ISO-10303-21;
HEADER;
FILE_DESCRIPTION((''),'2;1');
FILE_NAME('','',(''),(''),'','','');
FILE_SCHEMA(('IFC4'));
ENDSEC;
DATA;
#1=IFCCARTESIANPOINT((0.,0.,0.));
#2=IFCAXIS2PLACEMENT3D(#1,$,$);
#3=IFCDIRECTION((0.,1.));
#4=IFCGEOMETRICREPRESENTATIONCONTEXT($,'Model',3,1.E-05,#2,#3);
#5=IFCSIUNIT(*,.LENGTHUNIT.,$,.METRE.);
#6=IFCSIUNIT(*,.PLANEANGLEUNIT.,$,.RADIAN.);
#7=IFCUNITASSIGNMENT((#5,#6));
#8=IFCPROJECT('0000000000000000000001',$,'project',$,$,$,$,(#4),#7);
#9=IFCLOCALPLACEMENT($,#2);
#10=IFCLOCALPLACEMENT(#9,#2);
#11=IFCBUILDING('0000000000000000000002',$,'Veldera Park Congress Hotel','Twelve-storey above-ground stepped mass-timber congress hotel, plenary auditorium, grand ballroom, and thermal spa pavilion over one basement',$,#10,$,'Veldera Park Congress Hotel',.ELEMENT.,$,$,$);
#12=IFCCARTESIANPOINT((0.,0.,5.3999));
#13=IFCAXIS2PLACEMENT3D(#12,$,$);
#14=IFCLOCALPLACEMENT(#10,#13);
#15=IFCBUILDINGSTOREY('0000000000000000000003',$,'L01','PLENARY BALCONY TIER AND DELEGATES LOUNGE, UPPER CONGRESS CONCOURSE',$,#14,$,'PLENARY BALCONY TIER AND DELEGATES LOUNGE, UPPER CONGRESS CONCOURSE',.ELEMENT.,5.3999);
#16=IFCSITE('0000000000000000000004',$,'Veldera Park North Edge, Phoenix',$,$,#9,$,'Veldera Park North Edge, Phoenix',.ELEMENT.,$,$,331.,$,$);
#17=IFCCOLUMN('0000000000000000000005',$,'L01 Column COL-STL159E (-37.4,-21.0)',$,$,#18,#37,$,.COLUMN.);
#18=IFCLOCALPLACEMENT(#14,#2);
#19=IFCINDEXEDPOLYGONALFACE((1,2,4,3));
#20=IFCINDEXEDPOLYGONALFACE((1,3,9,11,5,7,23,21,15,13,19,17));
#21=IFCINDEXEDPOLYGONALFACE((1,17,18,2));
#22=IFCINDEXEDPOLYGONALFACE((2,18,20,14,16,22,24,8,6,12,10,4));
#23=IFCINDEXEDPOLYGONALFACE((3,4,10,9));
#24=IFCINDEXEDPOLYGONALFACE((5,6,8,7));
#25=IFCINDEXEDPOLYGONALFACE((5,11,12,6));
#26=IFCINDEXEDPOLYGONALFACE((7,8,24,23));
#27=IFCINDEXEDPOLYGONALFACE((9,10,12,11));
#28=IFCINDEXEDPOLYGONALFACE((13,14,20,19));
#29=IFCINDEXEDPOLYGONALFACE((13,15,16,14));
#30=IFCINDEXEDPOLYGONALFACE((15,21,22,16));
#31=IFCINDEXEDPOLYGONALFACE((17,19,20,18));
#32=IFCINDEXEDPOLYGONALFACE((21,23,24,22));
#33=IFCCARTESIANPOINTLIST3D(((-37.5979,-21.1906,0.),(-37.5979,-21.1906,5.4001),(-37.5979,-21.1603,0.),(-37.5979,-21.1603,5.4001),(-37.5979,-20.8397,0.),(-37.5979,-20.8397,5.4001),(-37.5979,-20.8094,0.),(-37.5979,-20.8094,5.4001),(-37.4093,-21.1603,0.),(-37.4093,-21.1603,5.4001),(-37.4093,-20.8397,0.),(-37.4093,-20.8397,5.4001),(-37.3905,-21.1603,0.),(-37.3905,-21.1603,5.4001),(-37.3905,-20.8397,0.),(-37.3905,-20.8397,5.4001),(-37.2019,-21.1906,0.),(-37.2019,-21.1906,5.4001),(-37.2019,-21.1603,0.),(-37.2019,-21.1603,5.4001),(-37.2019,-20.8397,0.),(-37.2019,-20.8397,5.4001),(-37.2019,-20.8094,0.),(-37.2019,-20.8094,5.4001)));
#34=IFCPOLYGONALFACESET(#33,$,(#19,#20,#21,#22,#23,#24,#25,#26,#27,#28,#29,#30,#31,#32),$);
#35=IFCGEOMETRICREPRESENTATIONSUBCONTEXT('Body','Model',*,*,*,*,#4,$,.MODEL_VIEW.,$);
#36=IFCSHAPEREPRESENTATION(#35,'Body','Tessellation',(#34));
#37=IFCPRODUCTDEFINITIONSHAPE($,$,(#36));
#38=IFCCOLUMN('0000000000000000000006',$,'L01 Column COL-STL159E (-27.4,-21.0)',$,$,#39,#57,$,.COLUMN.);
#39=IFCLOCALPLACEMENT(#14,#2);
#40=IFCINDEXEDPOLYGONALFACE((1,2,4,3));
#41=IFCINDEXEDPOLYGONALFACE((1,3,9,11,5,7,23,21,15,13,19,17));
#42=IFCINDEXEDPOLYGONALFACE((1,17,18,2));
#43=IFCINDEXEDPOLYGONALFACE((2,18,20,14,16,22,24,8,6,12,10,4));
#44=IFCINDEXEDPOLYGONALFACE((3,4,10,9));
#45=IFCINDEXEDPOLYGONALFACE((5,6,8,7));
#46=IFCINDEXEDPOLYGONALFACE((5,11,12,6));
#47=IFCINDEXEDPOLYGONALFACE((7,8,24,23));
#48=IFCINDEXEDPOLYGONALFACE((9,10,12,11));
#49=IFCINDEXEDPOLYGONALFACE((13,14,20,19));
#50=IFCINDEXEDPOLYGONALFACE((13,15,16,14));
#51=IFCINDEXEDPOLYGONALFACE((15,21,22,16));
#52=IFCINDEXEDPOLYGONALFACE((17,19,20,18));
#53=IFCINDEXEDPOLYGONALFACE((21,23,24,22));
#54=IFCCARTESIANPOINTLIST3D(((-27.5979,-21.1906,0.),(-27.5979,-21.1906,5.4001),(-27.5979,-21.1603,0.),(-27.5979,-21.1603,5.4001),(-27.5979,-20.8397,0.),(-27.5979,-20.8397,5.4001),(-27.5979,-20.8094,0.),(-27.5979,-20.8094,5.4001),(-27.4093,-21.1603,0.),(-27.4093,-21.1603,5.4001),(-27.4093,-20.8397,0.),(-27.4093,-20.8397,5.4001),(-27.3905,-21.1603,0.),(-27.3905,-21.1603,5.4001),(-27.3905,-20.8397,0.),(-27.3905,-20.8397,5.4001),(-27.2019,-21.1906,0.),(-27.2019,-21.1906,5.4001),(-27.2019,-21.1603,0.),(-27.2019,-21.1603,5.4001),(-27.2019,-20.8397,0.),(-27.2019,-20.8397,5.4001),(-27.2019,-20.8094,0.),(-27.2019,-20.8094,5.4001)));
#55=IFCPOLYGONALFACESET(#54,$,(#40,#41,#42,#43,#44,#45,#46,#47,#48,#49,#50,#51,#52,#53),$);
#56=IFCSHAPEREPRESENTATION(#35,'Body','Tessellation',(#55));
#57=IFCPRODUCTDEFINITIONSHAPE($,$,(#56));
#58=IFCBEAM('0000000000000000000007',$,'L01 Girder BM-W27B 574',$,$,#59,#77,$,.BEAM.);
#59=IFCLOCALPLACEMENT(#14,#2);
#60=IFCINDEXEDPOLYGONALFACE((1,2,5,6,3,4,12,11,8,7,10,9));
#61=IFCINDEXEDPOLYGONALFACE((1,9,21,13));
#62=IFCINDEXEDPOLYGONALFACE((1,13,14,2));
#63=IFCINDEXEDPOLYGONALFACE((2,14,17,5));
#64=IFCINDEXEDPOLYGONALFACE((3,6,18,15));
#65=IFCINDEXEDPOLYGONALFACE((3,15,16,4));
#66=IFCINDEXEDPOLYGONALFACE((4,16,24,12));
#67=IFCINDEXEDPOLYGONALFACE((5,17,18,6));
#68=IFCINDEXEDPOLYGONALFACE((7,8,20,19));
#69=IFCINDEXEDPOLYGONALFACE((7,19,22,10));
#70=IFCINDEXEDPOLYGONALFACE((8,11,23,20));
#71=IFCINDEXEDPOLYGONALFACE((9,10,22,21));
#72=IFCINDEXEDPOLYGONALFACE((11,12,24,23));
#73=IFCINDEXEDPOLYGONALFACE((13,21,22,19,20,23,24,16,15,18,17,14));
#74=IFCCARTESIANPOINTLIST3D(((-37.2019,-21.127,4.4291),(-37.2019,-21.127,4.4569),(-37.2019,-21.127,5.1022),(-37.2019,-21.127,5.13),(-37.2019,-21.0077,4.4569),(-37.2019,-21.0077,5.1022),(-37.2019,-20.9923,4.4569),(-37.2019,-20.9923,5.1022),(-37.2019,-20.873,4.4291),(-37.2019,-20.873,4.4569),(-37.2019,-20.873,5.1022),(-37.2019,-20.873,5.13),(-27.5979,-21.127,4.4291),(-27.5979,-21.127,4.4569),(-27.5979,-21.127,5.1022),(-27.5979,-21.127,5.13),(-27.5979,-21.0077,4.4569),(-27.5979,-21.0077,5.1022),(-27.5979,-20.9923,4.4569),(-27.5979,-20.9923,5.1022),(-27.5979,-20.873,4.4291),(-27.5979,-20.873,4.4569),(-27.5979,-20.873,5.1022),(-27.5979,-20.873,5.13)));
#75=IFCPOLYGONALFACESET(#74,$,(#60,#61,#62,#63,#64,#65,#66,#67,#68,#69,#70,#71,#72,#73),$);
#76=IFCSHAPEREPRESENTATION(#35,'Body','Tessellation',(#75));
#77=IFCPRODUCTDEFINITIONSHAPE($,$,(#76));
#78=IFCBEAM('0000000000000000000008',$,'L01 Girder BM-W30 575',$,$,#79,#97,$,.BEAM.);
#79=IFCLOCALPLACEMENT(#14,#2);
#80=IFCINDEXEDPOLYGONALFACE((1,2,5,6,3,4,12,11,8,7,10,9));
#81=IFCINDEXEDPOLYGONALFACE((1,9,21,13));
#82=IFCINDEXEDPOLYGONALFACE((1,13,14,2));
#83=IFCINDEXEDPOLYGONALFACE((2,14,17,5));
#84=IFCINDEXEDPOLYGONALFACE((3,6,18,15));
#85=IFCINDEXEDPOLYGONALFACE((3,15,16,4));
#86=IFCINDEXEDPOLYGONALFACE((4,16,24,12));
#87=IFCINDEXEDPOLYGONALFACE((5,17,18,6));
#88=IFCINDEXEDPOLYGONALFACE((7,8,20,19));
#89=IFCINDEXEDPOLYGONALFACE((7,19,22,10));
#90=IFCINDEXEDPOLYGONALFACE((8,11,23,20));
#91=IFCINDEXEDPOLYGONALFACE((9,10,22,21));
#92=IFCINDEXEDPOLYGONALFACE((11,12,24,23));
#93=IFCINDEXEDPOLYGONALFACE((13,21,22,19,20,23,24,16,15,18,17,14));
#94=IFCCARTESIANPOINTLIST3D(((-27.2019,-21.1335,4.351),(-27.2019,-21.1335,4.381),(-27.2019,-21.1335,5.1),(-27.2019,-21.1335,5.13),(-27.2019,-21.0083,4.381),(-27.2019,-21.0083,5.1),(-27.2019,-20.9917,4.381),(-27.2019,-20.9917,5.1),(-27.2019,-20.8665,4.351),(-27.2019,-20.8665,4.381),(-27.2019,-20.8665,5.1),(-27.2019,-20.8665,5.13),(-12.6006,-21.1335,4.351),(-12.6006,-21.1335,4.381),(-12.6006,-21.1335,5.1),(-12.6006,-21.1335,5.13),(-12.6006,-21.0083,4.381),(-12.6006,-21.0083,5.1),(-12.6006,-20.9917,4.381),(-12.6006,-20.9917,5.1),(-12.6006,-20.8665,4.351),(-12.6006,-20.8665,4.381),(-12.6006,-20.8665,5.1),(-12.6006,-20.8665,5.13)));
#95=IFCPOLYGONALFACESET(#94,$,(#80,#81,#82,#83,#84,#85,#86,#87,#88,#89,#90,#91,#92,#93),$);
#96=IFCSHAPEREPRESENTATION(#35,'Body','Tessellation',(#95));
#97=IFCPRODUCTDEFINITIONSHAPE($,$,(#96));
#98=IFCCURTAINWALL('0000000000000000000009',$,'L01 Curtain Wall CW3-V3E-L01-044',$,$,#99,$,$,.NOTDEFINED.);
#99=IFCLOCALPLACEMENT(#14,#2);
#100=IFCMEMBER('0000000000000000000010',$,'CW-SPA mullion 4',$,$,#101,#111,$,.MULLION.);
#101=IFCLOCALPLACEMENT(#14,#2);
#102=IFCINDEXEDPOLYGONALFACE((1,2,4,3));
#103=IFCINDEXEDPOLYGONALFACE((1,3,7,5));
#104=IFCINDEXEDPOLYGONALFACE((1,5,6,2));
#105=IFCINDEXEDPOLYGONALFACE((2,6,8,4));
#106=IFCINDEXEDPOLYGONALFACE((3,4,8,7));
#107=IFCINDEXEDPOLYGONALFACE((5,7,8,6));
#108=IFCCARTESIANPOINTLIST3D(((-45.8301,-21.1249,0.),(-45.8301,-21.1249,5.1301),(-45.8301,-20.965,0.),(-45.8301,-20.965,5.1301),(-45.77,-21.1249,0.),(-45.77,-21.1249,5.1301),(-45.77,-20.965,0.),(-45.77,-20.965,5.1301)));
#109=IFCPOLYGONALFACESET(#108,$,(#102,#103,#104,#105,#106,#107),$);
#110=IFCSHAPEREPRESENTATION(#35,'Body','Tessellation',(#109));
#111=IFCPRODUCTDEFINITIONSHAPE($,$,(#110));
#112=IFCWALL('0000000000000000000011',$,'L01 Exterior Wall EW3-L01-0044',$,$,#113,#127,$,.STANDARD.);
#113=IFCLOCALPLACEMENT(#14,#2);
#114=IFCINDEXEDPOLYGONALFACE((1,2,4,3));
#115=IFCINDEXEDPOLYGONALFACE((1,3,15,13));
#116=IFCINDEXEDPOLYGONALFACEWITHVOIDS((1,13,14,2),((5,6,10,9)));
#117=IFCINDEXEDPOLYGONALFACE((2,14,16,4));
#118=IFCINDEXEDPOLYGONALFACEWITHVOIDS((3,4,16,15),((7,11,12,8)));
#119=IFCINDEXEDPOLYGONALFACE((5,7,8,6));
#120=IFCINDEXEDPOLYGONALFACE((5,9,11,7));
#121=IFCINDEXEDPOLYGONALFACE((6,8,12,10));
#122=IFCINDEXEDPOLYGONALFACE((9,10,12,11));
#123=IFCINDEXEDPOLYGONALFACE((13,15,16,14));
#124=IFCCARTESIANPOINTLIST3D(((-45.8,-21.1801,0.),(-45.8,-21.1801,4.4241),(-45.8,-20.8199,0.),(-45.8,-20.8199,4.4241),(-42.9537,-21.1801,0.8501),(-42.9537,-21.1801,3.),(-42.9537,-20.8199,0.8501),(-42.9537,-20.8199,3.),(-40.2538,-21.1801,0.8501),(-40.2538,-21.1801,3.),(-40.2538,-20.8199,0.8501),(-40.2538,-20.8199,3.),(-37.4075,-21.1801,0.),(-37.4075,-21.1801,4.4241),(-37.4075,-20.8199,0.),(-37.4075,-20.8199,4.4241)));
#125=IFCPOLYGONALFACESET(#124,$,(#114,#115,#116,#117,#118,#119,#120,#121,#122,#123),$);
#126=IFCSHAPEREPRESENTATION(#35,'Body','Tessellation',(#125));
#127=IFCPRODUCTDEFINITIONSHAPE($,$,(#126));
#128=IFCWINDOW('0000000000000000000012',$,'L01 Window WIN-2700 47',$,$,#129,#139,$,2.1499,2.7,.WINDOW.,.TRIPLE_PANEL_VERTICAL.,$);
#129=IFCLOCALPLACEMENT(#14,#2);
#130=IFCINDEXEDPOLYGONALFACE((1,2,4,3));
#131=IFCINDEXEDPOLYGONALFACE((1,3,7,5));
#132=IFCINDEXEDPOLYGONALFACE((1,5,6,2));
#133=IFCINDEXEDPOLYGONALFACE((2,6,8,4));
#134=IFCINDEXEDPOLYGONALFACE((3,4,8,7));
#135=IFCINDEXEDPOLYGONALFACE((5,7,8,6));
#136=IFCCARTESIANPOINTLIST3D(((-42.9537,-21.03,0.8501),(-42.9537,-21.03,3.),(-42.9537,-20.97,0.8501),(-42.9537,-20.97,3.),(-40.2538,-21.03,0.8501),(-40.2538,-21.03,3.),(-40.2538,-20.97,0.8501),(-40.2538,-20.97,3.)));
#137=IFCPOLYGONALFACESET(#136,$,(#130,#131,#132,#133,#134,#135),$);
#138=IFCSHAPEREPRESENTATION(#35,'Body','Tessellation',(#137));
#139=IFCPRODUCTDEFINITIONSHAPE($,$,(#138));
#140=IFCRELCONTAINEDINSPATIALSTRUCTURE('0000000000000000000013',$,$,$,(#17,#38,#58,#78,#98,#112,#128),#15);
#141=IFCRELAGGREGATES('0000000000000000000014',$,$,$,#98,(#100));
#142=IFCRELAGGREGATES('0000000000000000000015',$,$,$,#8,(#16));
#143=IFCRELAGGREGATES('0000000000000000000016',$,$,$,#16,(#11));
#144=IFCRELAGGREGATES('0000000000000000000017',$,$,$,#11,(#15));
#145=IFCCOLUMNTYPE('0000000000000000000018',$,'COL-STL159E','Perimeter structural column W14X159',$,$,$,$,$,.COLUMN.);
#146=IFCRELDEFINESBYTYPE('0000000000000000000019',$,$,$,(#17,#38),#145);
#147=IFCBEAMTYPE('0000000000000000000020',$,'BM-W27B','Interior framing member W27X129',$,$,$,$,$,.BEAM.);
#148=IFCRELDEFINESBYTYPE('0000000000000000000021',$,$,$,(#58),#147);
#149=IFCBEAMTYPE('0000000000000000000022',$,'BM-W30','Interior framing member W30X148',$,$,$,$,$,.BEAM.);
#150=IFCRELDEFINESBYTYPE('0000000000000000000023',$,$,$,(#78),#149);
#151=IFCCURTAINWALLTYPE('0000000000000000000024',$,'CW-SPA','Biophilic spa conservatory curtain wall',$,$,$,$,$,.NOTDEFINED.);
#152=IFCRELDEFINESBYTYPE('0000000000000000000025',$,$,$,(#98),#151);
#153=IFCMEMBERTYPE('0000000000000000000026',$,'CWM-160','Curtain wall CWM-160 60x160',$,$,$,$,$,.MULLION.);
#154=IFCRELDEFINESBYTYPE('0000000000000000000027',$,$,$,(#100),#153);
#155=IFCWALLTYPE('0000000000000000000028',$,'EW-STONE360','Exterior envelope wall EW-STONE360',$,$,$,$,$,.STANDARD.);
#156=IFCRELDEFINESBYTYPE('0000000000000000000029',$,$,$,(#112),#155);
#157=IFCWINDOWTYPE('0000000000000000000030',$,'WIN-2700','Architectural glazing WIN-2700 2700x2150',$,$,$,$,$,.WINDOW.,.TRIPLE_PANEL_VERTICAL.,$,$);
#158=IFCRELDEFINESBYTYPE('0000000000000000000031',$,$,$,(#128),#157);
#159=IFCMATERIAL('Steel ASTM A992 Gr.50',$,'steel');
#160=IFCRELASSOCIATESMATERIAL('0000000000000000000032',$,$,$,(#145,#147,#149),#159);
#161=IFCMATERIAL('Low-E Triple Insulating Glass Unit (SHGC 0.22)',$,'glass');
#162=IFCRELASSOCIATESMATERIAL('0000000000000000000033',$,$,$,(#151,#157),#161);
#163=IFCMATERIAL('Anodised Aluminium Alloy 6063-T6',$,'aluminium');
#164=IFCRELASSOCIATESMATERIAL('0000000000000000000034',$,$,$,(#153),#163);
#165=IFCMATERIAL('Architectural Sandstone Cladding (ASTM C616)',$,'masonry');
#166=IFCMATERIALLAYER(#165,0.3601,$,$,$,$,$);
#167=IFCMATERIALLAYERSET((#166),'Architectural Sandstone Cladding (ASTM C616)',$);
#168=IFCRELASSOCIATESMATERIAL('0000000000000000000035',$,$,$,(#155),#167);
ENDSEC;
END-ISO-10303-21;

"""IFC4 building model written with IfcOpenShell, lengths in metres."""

from ifc_helpers import new_model, si_unit, direction, frame, frame_2d, origin, origin_2d, place, context, subcontext, project, spatial, rectangle, i_section, extrude, material, layer, layer_set, material_profile, profile_set, type_object, element, fill, aggregate, save


model = new_model("IFC4")

# Units and contexts
model_context = context("Model", 3, precision=1e-05, world=origin(), true_north=direction((0.0, 1.0)))
body_context = subcontext(model_context, "Body", "Model", "MODEL_VIEW")
ifc_project = project(units=[si_unit("LENGTHUNIT", "METRE"), si_unit("PLANEANGLEUNIT", "RADIAN")], contexts=[model_context])

# Site, building, storey
site_placement = place(None, origin())
site = spatial("IfcSite", under=ifc_project, at=site_placement, Name="Veldera Park North Edge, Phoenix", LongName="Veldera Park North Edge, Phoenix", CompositionType="ELEMENT", RefElevation=331.0)
building_placement = place(site_placement, origin())
building = spatial("IfcBuilding", under=site, at=building_placement, Name="Veldera Park Congress Hotel", Description="Twelve-storey above-ground stepped mass-timber congress hotel, plenary auditorium, grand ballroom, and thermal spa pavilion over one basement", LongName="Veldera Park Congress Hotel", CompositionType="ELEMENT")
storey_placement = place(building_placement, frame((0.0, 0.0, 5.3999)))
storey = spatial("IfcBuildingStorey", under=building, at=storey_placement, Name="L01", Description="PLENARY BALCONY TIER AND DELEGATES LOUNGE, UPPER CONGRESS CONCOURSE", LongName="PLENARY BALCONY TIER AND DELEGATES LOUNGE, UPPER CONGRESS CONCOURSE", CompositionType="ELEMENT", Elevation=5.3999)

# Columns
ifc_material_1 = material(Name="Steel ASTM A992 Gr.50", Category="steel")
ifc_material_profile_1 = material_profile(ifc_material_1, i_section(OverallWidth=0.396, OverallDepth=0.3811, WebThickness=0.0188, FlangeThickness=0.0303, at=origin_2d()), Name="W14X159")
ifc_profile_set_1 = profile_set([ifc_material_profile_1], Name="Steel ASTM A992 Gr.50")
column_type = type_object("IfcColumnType", Name="COL-STL159E", Description="Perimeter structural column W14X159", PredefinedType="COLUMN", material=ifc_profile_set_1)
for number, where, z_axis, x_axis, name in (
    (1, (-37.3999, -21.0, 0.0), (0.0, 0.0, 1.0), (1.0, 0.0, 0.0), "L01 Column COL-STL159E (-37.4,-21.0)"),
    (2, (-27.3999, -21.0, 0.0), (0.0, 0.0, 1.0), (1.0, 0.0, 0.0), "L01 Column COL-STL159E (-27.4,-21.0)"),
):
    element("IfcColumn", number, at=place(storey_placement, frame(where, z_axis=z_axis, x_axis=x_axis)), inside=storey, type_object=column_type, Name=name, PredefinedType="COLUMN", context=body_context, shape_type="SweptSolid", body=[
        extrude(i_section(OverallWidth=0.396, OverallDepth=0.3811, WebThickness=0.0188, FlangeThickness=0.0303, at=origin_2d()), origin(), (0.0, 0.0, 1.0), 5.4001),
    ])

# Beams
ifc_material_profile_2 = material_profile(ifc_material_1, i_section(OverallWidth=0.2539, OverallDepth=0.7009, WebThickness=0.0154, FlangeThickness=0.0278, at=origin_2d()), Name="W27X129")
ifc_profile_set_2 = profile_set([ifc_material_profile_2], Name="Steel ASTM A992 Gr.50")
beam_type_1 = type_object("IfcBeamType", Name="BM-W27B", Description="Interior framing member W27X129", PredefinedType="BEAM", material=ifc_profile_set_2)
beam_1_placement = place(storey_placement, frame((-37.2019, -21.0, 4.7795), z_axis=(1.0, 0.0, 0.0), x_axis=(0.0, 1.0, 0.0)))
element("IfcBeam", 3, at=beam_1_placement, inside=storey, type_object=beam_type_1, Name="L01 Girder BM-W27B 574", PredefinedType="BEAM", context=body_context, shape_type="SweptSolid", body=[
    extrude(i_section(OverallWidth=0.2539, OverallDepth=0.7009, WebThickness=0.0154, FlangeThickness=0.0278, at=origin_2d()), origin(), (0.0, 0.0, 1.0), 9.604),
])
ifc_material_profile_3 = material_profile(ifc_material_1, i_section(OverallWidth=0.2671, OverallDepth=0.7791, WebThickness=0.0166, FlangeThickness=0.03, at=origin_2d()), Name="W30X148")
ifc_profile_set_3 = profile_set([ifc_material_profile_3], Name="Steel ASTM A992 Gr.50")
beam_type_2 = type_object("IfcBeamType", Name="BM-W30", Description="Interior framing member W30X148", PredefinedType="BEAM", material=ifc_profile_set_3)
beam_2_placement = place(storey_placement, frame((-27.2019, -21.0, 4.7405), z_axis=(1.0, 0.0, 0.0), x_axis=(0.0, 1.0, 0.0)))
element("IfcBeam", 4, at=beam_2_placement, inside=storey, type_object=beam_type_2, Name="L01 Girder BM-W30 575", PredefinedType="BEAM", context=body_context, shape_type="SweptSolid", body=[
    extrude(i_section(OverallWidth=0.2671, OverallDepth=0.7791, WebThickness=0.0166, FlangeThickness=0.03, at=origin_2d()), origin(), (0.0, 0.0, 1.0), 14.6013),
])

# Curtain wall, member
ifc_material_2 = material(Name="Low-E Triple Insulating Glass Unit (SHGC 0.22)", Category="glass")
curtain_wall_type = type_object("IfcCurtainWallType", Name="CW-SPA", Description="Biophilic spa conservatory curtain wall", PredefinedType="NOTDEFINED", material=ifc_material_2)
curtain_wall_placement = place(storey_placement, origin())
curtain_wall = element("IfcCurtainWall", 5, at=curtain_wall_placement, inside=storey, type_object=curtain_wall_type, Name="L01 Curtain Wall CW3-V3E-L01-044", PredefinedType="NOTDEFINED")
ifc_material_3 = material(Name="Anodised Aluminium Alloy 6063-T6", Category="aluminium")
ifc_material_profile_4 = material_profile(ifc_material_3, rectangle(XDim=0.0601, YDim=0.1599, at=origin_2d()), Name="ALU 60x160")
ifc_profile_set_4 = profile_set([ifc_material_profile_4], Name="Anodised Aluminium Alloy 6063-T6")
member_type = type_object("IfcMemberType", Name="CWM-160", Description="Curtain wall CWM-160 60x160", PredefinedType="MULLION", material=ifc_profile_set_4)
member_placement = place(storey_placement, frame((-45.8, -21.0449, 0.0), z_axis=(0.0, 0.0, 1.0), x_axis=(-1.0, 0.0, 0.0)))
member = element("IfcMember", 6, at=member_placement, type_object=member_type, Name="CW-SPA mullion 4", PredefinedType="MULLION", context=body_context, shape_type="SweptSolid", body=[
    extrude(rectangle(XDim=0.0601, YDim=0.1599, at=origin_2d()), origin(), (0.0, 0.0, 1.0), 5.1301),
])
aggregate(curtain_wall, [member])

# Wall, opening, window
ifc_material_4 = material(Name="Architectural Sandstone Cladding (ASTM C616)", Category="masonry")
ifc_layer = layer(ifc_material_4, 0.3601)
ifc_layer_set = layer_set([ifc_layer], Name="Architectural Sandstone Cladding (ASTM C616)")
wall_type = type_object("IfcWallType", Name="EW-STONE360", Description="Exterior envelope wall EW-STONE360", PredefinedType="STANDARD", material=ifc_layer_set)
wall_1_placement = place(storey_placement, frame((-45.8, -21.0, 0.0), z_axis=(0.0, 0.0, 1.0), x_axis=(1.0, 0.0, 0.0)))
wall_1 = element("IfcWall", 7, at=wall_1_placement, inside=storey, type_object=wall_type, Name="L01 Exterior Wall EW3-L01-0044", PredefinedType="STANDARD", context=body_context, shape_type="SweptSolid", body=[
    extrude(rectangle(XDim=8.3926, YDim=0.3601, at=frame_2d((4.1963, 0.0))), origin(), (0.0, 0.0, 1.0), 4.4241),
])
opening_1_placement = place(wall_1_placement, frame((2.8462, 0.0, 0.8501)))
opening_1 = element("IfcOpeningElement", 8, at=opening_1_placement, cuts=wall_1, PredefinedType="OPENING", context=body_context, shape_type="SweptSolid", body=[
    extrude(rectangle(XDim=2.7, YDim=2.1499, at=frame_2d((1.3501, 1.075))), frame((0.0, 0.1921, 0.0), z_axis=(0.0, -1.0, 0.0), x_axis=(1.0, 0.0, 0.0)), (0.0, 0.0, 1.0), 0.384),
])
window_type = type_object("IfcWindowType", Name="WIN-2700", Description="Architectural glazing WIN-2700 2700x2150", PartitioningType="TRIPLE_PANEL_VERTICAL", PredefinedType="WINDOW", material=ifc_material_2)
window_1_placement = place(opening_1_placement, origin())
window_1 = element("IfcWindow", 9, at=window_1_placement, inside=storey, type_object=window_type, Name="L01 Window WIN-2700 47", OverallHeight=2.1499, OverallWidth=2.7, PartitioningType="TRIPLE_PANEL_VERTICAL", PredefinedType="WINDOW", context=body_context, shape_type="SweptSolid", body=[
    extrude(rectangle(XDim=2.7, YDim=2.1499, at=frame_2d((1.3501, 1.075))), frame((0.0, 0.03, 0.0), z_axis=(0.0, -1.0, 0.0), x_axis=(1.0, 0.0, 0.0)), (0.0, 0.0, 1.0), 0.0601),
])
fill(opening_1, window_1)

save(model, "model.ifc")
